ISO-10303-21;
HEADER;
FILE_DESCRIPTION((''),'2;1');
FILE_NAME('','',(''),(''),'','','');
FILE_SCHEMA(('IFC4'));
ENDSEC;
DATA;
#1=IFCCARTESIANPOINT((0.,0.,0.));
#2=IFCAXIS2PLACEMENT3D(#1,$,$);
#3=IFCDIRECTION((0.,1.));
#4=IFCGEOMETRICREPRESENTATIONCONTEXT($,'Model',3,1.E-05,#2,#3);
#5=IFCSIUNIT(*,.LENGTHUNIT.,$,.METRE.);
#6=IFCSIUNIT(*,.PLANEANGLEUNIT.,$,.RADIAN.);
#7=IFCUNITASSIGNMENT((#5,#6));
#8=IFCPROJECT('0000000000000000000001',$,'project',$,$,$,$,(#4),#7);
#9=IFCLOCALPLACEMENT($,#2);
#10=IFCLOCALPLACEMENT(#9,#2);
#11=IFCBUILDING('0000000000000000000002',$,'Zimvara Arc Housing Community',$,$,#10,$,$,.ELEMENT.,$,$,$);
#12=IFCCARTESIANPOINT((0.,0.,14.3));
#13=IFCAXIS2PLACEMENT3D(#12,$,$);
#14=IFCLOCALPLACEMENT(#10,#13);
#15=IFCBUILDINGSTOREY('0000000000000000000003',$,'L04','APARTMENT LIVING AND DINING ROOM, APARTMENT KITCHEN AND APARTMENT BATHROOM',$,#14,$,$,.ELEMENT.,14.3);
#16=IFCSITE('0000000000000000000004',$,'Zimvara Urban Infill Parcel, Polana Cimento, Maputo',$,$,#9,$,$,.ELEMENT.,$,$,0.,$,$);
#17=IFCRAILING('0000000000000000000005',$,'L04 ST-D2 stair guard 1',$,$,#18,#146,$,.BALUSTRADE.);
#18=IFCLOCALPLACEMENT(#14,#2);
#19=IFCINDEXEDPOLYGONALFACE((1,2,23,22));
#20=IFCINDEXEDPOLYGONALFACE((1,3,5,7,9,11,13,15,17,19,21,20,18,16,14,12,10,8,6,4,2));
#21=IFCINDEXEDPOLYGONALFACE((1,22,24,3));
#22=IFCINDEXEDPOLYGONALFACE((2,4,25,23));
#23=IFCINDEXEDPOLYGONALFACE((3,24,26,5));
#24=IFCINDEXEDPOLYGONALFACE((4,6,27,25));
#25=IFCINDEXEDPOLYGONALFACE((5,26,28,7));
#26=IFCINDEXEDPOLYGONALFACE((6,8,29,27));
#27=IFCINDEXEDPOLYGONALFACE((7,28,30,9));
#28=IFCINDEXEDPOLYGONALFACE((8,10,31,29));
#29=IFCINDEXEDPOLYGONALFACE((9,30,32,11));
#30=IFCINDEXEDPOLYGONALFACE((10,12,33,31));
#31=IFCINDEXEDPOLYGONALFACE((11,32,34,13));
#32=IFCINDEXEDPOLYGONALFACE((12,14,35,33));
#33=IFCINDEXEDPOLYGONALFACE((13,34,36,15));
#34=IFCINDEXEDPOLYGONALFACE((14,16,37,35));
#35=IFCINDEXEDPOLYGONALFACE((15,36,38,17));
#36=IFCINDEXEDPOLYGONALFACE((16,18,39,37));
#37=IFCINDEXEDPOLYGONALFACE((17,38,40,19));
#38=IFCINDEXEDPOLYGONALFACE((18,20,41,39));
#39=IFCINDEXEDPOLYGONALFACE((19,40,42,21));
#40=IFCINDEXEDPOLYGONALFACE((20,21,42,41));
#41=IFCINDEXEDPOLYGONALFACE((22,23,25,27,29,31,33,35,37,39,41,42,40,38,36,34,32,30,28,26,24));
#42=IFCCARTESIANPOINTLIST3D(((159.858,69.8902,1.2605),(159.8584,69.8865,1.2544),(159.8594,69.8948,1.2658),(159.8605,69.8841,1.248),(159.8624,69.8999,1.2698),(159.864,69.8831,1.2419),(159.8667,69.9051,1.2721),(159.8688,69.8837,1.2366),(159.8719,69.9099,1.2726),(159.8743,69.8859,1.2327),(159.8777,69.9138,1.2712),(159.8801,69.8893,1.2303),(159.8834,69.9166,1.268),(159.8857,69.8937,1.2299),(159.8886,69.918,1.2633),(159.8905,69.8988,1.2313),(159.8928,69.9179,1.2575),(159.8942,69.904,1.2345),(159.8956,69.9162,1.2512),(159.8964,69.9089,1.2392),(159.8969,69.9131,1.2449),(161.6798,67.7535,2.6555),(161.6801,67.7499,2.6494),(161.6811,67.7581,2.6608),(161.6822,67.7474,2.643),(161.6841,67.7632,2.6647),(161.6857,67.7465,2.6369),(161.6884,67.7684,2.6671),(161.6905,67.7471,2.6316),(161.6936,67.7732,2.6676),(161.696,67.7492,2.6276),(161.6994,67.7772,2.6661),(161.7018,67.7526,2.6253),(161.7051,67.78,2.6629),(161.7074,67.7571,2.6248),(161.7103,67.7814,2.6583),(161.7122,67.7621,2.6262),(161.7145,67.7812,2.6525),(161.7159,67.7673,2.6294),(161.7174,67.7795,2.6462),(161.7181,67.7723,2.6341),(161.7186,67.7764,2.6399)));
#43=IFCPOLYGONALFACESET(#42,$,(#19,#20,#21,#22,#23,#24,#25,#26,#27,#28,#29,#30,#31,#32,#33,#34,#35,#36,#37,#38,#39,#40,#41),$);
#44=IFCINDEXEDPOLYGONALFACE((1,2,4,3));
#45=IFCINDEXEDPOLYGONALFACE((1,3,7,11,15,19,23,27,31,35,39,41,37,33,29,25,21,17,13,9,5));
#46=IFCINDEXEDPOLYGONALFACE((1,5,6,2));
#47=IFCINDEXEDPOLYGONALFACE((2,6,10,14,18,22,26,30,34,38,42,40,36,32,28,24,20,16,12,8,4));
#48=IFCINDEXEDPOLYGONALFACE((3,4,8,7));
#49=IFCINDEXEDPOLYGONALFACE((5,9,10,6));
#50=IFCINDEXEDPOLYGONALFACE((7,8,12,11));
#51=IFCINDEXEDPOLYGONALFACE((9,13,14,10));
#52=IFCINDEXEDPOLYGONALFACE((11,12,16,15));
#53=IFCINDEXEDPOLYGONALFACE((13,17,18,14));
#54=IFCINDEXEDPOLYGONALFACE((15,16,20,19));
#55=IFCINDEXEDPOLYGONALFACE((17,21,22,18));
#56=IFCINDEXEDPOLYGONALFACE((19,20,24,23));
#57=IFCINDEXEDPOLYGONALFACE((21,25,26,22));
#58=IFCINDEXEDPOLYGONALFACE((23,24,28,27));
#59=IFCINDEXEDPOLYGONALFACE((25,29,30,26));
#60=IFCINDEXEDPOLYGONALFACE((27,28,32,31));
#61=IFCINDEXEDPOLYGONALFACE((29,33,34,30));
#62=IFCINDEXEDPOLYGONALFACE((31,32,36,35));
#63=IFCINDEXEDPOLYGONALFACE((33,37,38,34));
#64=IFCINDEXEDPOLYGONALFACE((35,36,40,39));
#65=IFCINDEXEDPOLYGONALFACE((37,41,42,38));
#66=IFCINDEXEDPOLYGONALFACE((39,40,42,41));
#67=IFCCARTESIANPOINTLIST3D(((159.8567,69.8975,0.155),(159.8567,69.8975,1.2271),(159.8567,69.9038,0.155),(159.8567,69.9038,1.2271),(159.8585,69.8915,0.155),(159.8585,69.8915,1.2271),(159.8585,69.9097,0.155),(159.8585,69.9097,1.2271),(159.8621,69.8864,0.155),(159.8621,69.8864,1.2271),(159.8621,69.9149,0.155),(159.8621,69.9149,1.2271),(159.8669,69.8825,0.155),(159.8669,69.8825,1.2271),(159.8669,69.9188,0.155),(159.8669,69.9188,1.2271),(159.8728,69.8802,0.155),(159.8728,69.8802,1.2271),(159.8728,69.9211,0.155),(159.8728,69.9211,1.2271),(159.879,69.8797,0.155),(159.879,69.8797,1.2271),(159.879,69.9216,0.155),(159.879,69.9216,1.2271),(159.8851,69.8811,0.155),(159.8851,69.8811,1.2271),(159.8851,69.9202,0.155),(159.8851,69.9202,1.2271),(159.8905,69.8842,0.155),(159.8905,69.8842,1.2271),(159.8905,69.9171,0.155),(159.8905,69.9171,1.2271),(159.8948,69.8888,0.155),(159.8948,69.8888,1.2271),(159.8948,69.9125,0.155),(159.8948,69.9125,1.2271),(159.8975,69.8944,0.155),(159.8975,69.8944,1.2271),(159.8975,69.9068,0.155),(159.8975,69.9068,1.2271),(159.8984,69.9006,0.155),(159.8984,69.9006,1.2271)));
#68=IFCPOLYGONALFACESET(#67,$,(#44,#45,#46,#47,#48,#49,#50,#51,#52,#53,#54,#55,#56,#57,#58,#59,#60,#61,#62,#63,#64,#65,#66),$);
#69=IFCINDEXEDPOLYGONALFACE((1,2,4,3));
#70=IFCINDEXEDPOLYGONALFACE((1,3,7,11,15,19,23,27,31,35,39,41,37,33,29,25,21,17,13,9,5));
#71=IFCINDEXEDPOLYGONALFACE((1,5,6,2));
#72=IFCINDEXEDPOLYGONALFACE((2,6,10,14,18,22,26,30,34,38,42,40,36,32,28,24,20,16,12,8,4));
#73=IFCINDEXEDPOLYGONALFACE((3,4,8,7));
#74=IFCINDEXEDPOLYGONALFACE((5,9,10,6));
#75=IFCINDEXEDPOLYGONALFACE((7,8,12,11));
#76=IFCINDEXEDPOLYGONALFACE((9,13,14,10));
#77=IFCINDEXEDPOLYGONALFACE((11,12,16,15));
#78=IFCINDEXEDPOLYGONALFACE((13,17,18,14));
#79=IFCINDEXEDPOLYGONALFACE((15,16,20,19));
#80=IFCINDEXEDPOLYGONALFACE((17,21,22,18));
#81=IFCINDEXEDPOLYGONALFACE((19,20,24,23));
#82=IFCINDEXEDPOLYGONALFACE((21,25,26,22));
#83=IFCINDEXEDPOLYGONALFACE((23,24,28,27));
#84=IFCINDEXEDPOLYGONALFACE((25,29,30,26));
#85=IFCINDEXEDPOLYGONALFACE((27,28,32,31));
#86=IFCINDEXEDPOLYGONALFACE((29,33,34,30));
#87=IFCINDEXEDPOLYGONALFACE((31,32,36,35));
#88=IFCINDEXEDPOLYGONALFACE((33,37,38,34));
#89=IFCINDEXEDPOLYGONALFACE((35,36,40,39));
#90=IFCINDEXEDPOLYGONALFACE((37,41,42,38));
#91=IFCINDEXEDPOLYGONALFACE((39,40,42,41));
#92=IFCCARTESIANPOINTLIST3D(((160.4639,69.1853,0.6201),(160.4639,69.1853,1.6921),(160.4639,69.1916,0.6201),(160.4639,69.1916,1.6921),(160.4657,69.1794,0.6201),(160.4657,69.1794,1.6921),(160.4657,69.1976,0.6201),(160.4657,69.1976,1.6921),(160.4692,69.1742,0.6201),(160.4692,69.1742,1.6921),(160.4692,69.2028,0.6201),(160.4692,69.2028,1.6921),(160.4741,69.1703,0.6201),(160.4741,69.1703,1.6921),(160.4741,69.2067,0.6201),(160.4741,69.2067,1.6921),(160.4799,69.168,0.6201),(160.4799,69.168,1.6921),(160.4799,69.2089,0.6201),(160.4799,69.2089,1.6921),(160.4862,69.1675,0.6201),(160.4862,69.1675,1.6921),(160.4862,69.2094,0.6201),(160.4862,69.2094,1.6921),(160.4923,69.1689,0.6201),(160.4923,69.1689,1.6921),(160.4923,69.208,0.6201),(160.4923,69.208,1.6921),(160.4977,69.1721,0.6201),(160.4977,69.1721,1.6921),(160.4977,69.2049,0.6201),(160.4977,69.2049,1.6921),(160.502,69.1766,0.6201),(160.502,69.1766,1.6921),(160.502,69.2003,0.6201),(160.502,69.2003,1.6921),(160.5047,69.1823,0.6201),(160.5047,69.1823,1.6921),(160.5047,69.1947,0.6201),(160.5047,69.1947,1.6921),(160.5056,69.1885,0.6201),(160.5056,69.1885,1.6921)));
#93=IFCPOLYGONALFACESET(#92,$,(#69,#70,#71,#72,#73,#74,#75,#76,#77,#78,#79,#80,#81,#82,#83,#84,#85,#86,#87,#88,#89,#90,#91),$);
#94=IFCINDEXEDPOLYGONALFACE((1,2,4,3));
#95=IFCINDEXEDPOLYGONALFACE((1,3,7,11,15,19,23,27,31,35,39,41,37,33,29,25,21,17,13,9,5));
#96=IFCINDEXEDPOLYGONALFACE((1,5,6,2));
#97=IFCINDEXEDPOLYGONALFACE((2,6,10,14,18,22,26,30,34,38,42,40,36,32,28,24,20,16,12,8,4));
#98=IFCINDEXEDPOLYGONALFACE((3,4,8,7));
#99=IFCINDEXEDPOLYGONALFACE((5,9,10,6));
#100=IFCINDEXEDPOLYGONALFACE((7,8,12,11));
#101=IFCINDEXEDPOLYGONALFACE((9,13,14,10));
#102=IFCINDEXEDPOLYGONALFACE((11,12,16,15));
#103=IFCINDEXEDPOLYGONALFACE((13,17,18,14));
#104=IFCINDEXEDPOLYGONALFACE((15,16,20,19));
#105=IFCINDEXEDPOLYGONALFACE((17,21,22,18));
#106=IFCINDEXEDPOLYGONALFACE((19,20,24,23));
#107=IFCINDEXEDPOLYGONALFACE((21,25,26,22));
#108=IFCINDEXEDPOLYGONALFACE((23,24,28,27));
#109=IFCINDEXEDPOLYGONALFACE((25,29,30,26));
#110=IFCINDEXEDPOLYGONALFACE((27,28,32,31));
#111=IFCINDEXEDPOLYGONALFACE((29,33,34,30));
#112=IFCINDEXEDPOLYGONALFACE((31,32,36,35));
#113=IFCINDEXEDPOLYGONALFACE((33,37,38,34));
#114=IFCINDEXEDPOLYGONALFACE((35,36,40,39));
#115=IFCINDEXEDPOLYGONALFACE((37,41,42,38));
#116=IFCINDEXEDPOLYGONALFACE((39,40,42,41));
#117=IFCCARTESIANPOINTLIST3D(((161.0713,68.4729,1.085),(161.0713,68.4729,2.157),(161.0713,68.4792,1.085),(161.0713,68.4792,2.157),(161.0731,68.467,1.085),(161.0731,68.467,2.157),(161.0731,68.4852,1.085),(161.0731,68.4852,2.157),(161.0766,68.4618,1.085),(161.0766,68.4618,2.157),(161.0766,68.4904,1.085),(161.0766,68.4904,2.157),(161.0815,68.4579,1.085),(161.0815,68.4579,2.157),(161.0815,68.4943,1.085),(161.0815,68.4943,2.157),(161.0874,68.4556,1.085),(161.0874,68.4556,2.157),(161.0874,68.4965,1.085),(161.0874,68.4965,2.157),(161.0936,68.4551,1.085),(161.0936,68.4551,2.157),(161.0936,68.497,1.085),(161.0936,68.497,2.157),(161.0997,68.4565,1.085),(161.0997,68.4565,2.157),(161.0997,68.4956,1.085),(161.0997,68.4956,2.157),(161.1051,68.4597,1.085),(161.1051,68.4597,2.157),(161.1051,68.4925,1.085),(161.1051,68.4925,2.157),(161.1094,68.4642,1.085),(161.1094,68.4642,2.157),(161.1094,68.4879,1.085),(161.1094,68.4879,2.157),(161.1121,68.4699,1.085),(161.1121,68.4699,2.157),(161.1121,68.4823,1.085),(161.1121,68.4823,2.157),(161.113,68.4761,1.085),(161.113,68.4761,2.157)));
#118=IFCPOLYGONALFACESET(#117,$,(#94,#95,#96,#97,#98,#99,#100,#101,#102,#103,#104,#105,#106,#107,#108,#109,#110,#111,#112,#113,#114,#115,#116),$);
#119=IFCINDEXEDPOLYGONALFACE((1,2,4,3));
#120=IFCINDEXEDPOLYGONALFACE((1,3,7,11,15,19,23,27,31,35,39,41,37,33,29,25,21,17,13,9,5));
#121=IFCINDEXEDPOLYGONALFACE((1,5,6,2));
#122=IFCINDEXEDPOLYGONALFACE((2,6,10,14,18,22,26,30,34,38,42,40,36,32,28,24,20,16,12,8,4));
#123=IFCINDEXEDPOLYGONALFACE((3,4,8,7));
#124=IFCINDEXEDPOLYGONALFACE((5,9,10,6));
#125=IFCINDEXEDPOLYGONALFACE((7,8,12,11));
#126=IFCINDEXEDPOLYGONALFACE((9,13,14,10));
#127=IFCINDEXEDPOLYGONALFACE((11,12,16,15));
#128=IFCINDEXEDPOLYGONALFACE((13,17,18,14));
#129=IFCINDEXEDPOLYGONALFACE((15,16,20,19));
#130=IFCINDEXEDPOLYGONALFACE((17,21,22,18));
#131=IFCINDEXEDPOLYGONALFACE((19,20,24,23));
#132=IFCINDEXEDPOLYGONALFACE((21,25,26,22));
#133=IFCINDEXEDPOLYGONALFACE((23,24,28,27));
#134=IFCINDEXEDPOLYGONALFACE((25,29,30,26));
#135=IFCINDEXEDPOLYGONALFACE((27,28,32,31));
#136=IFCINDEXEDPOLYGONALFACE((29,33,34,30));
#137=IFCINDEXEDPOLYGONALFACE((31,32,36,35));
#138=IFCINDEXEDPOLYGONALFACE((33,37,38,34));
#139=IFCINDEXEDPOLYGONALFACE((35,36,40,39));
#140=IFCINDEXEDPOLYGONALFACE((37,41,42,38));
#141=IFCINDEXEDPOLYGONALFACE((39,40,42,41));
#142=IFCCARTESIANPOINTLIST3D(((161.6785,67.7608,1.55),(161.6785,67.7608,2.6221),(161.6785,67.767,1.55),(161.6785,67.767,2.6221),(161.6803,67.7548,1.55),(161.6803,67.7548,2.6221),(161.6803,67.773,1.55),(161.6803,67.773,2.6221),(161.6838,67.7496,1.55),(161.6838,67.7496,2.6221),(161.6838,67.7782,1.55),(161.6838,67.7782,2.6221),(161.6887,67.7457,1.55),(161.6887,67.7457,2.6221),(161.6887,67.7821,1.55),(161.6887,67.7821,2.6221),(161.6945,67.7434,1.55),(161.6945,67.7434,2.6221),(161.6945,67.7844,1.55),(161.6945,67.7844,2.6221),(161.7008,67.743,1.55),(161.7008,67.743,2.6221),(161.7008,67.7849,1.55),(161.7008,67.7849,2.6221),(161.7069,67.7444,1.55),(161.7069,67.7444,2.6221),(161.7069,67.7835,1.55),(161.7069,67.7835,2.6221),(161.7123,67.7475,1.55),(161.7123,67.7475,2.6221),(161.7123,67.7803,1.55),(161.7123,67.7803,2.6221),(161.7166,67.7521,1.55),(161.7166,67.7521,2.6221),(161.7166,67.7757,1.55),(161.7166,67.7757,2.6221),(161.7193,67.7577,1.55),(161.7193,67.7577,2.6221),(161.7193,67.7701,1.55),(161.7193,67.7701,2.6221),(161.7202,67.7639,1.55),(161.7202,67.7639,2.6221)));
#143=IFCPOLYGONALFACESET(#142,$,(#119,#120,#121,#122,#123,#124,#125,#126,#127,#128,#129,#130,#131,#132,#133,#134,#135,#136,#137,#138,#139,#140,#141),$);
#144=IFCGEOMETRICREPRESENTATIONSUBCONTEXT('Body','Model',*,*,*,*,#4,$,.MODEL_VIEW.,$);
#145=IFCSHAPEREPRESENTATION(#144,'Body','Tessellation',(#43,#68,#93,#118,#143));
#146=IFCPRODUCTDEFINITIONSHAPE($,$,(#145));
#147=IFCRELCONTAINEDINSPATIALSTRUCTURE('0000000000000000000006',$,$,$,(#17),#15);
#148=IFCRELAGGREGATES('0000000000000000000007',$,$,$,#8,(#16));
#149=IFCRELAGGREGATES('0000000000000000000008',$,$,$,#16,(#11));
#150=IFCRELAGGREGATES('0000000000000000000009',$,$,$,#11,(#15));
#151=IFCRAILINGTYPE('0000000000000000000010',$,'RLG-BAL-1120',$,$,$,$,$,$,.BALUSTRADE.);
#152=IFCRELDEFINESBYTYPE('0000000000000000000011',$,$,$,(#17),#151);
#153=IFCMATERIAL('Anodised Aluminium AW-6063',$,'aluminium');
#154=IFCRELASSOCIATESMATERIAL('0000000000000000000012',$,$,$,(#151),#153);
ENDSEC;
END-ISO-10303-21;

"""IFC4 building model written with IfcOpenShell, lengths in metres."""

from ifc_helpers import new_model, si_unit, direction, frame, origin, origin_2d, place, context, subcontext, project, spatial, circle, extrude, material, type_object, element, save


model = new_model("IFC4")

# Units and contexts
model_context = context("Model", 3, precision=1e-05, world=origin(), true_north=direction((0.0, 1.0)))
body_context = subcontext(model_context, "Body", "Model", "MODEL_VIEW")
ifc_project = project(units=[si_unit("LENGTHUNIT", "METRE"), si_unit("PLANEANGLEUNIT", "RADIAN")], contexts=[model_context])

# Site, building, storey
site_placement = place(None, origin())
site = spatial("IfcSite", under=ifc_project, at=site_placement, Name="Zimvara Urban Infill Parcel, Polana Cimento, Maputo", CompositionType="ELEMENT", RefElevation=0.0)
building_placement = place(site_placement, origin())
building = spatial("IfcBuilding", under=site, at=building_placement, Name="Zimvara Arc Housing Community", CompositionType="ELEMENT")
storey_placement = place(building_placement, frame((0.0, 0.0, 14.3)))
storey = spatial("IfcBuildingStorey", under=building, at=storey_placement, Name="L04", Description="APARTMENT LIVING AND DINING ROOM, APARTMENT KITCHEN AND APARTMENT BATHROOM", CompositionType="ELEMENT", Elevation=14.3)

# Railing
ifc_material_1 = material(Name="Anodised Aluminium AW-6063", Category="aluminium")
railing_type_1 = type_object("IfcRailingType", Name="RLG-BAL-1120", PredefinedType="BALUSTRADE", material=ifc_material_1)
railing_1_placement = place(storey_placement, frame((159.8774, 69.9006, 0.155)))
element("IfcRailing", 1, at=railing_1_placement, inside=storey, type_object=railing_type_1, Name="L04 ST-D2 stair guard 1", PredefinedType="BALUSTRADE", context=body_context, shape_type="SweptSolid", body=[
    extrude(circle(Radius=0.0239, at=origin_2d()), frame((0.0, 0.0, 1.0962), z_axis=(0.581041, -0.681489, 0.44493), x_axis=(0.76096, 0.648799, 0.0)), (0.0, 0.0, 1.0), 3.1353),
    extrude(circle(Radius=0.021, at=origin_2d()), origin(), (0.0, 0.0, 1.0), 1.072),
    extrude(circle(Radius=0.021, at=origin_2d()), frame((0.6072, -0.7122, 0.4651)), (0.0, 0.0, 1.0), 1.072),
    extrude(circle(Radius=0.021, at=origin_2d()), frame((1.2146, -1.4246, 0.9299)), (0.0, 0.0, 1.0), 1.072),
    extrude(circle(Radius=0.021, at=origin_2d()), frame((1.8218, -2.1367, 1.395)), (0.0, 0.0, 1.0), 1.072),
])

save(model, "model.ifc")
